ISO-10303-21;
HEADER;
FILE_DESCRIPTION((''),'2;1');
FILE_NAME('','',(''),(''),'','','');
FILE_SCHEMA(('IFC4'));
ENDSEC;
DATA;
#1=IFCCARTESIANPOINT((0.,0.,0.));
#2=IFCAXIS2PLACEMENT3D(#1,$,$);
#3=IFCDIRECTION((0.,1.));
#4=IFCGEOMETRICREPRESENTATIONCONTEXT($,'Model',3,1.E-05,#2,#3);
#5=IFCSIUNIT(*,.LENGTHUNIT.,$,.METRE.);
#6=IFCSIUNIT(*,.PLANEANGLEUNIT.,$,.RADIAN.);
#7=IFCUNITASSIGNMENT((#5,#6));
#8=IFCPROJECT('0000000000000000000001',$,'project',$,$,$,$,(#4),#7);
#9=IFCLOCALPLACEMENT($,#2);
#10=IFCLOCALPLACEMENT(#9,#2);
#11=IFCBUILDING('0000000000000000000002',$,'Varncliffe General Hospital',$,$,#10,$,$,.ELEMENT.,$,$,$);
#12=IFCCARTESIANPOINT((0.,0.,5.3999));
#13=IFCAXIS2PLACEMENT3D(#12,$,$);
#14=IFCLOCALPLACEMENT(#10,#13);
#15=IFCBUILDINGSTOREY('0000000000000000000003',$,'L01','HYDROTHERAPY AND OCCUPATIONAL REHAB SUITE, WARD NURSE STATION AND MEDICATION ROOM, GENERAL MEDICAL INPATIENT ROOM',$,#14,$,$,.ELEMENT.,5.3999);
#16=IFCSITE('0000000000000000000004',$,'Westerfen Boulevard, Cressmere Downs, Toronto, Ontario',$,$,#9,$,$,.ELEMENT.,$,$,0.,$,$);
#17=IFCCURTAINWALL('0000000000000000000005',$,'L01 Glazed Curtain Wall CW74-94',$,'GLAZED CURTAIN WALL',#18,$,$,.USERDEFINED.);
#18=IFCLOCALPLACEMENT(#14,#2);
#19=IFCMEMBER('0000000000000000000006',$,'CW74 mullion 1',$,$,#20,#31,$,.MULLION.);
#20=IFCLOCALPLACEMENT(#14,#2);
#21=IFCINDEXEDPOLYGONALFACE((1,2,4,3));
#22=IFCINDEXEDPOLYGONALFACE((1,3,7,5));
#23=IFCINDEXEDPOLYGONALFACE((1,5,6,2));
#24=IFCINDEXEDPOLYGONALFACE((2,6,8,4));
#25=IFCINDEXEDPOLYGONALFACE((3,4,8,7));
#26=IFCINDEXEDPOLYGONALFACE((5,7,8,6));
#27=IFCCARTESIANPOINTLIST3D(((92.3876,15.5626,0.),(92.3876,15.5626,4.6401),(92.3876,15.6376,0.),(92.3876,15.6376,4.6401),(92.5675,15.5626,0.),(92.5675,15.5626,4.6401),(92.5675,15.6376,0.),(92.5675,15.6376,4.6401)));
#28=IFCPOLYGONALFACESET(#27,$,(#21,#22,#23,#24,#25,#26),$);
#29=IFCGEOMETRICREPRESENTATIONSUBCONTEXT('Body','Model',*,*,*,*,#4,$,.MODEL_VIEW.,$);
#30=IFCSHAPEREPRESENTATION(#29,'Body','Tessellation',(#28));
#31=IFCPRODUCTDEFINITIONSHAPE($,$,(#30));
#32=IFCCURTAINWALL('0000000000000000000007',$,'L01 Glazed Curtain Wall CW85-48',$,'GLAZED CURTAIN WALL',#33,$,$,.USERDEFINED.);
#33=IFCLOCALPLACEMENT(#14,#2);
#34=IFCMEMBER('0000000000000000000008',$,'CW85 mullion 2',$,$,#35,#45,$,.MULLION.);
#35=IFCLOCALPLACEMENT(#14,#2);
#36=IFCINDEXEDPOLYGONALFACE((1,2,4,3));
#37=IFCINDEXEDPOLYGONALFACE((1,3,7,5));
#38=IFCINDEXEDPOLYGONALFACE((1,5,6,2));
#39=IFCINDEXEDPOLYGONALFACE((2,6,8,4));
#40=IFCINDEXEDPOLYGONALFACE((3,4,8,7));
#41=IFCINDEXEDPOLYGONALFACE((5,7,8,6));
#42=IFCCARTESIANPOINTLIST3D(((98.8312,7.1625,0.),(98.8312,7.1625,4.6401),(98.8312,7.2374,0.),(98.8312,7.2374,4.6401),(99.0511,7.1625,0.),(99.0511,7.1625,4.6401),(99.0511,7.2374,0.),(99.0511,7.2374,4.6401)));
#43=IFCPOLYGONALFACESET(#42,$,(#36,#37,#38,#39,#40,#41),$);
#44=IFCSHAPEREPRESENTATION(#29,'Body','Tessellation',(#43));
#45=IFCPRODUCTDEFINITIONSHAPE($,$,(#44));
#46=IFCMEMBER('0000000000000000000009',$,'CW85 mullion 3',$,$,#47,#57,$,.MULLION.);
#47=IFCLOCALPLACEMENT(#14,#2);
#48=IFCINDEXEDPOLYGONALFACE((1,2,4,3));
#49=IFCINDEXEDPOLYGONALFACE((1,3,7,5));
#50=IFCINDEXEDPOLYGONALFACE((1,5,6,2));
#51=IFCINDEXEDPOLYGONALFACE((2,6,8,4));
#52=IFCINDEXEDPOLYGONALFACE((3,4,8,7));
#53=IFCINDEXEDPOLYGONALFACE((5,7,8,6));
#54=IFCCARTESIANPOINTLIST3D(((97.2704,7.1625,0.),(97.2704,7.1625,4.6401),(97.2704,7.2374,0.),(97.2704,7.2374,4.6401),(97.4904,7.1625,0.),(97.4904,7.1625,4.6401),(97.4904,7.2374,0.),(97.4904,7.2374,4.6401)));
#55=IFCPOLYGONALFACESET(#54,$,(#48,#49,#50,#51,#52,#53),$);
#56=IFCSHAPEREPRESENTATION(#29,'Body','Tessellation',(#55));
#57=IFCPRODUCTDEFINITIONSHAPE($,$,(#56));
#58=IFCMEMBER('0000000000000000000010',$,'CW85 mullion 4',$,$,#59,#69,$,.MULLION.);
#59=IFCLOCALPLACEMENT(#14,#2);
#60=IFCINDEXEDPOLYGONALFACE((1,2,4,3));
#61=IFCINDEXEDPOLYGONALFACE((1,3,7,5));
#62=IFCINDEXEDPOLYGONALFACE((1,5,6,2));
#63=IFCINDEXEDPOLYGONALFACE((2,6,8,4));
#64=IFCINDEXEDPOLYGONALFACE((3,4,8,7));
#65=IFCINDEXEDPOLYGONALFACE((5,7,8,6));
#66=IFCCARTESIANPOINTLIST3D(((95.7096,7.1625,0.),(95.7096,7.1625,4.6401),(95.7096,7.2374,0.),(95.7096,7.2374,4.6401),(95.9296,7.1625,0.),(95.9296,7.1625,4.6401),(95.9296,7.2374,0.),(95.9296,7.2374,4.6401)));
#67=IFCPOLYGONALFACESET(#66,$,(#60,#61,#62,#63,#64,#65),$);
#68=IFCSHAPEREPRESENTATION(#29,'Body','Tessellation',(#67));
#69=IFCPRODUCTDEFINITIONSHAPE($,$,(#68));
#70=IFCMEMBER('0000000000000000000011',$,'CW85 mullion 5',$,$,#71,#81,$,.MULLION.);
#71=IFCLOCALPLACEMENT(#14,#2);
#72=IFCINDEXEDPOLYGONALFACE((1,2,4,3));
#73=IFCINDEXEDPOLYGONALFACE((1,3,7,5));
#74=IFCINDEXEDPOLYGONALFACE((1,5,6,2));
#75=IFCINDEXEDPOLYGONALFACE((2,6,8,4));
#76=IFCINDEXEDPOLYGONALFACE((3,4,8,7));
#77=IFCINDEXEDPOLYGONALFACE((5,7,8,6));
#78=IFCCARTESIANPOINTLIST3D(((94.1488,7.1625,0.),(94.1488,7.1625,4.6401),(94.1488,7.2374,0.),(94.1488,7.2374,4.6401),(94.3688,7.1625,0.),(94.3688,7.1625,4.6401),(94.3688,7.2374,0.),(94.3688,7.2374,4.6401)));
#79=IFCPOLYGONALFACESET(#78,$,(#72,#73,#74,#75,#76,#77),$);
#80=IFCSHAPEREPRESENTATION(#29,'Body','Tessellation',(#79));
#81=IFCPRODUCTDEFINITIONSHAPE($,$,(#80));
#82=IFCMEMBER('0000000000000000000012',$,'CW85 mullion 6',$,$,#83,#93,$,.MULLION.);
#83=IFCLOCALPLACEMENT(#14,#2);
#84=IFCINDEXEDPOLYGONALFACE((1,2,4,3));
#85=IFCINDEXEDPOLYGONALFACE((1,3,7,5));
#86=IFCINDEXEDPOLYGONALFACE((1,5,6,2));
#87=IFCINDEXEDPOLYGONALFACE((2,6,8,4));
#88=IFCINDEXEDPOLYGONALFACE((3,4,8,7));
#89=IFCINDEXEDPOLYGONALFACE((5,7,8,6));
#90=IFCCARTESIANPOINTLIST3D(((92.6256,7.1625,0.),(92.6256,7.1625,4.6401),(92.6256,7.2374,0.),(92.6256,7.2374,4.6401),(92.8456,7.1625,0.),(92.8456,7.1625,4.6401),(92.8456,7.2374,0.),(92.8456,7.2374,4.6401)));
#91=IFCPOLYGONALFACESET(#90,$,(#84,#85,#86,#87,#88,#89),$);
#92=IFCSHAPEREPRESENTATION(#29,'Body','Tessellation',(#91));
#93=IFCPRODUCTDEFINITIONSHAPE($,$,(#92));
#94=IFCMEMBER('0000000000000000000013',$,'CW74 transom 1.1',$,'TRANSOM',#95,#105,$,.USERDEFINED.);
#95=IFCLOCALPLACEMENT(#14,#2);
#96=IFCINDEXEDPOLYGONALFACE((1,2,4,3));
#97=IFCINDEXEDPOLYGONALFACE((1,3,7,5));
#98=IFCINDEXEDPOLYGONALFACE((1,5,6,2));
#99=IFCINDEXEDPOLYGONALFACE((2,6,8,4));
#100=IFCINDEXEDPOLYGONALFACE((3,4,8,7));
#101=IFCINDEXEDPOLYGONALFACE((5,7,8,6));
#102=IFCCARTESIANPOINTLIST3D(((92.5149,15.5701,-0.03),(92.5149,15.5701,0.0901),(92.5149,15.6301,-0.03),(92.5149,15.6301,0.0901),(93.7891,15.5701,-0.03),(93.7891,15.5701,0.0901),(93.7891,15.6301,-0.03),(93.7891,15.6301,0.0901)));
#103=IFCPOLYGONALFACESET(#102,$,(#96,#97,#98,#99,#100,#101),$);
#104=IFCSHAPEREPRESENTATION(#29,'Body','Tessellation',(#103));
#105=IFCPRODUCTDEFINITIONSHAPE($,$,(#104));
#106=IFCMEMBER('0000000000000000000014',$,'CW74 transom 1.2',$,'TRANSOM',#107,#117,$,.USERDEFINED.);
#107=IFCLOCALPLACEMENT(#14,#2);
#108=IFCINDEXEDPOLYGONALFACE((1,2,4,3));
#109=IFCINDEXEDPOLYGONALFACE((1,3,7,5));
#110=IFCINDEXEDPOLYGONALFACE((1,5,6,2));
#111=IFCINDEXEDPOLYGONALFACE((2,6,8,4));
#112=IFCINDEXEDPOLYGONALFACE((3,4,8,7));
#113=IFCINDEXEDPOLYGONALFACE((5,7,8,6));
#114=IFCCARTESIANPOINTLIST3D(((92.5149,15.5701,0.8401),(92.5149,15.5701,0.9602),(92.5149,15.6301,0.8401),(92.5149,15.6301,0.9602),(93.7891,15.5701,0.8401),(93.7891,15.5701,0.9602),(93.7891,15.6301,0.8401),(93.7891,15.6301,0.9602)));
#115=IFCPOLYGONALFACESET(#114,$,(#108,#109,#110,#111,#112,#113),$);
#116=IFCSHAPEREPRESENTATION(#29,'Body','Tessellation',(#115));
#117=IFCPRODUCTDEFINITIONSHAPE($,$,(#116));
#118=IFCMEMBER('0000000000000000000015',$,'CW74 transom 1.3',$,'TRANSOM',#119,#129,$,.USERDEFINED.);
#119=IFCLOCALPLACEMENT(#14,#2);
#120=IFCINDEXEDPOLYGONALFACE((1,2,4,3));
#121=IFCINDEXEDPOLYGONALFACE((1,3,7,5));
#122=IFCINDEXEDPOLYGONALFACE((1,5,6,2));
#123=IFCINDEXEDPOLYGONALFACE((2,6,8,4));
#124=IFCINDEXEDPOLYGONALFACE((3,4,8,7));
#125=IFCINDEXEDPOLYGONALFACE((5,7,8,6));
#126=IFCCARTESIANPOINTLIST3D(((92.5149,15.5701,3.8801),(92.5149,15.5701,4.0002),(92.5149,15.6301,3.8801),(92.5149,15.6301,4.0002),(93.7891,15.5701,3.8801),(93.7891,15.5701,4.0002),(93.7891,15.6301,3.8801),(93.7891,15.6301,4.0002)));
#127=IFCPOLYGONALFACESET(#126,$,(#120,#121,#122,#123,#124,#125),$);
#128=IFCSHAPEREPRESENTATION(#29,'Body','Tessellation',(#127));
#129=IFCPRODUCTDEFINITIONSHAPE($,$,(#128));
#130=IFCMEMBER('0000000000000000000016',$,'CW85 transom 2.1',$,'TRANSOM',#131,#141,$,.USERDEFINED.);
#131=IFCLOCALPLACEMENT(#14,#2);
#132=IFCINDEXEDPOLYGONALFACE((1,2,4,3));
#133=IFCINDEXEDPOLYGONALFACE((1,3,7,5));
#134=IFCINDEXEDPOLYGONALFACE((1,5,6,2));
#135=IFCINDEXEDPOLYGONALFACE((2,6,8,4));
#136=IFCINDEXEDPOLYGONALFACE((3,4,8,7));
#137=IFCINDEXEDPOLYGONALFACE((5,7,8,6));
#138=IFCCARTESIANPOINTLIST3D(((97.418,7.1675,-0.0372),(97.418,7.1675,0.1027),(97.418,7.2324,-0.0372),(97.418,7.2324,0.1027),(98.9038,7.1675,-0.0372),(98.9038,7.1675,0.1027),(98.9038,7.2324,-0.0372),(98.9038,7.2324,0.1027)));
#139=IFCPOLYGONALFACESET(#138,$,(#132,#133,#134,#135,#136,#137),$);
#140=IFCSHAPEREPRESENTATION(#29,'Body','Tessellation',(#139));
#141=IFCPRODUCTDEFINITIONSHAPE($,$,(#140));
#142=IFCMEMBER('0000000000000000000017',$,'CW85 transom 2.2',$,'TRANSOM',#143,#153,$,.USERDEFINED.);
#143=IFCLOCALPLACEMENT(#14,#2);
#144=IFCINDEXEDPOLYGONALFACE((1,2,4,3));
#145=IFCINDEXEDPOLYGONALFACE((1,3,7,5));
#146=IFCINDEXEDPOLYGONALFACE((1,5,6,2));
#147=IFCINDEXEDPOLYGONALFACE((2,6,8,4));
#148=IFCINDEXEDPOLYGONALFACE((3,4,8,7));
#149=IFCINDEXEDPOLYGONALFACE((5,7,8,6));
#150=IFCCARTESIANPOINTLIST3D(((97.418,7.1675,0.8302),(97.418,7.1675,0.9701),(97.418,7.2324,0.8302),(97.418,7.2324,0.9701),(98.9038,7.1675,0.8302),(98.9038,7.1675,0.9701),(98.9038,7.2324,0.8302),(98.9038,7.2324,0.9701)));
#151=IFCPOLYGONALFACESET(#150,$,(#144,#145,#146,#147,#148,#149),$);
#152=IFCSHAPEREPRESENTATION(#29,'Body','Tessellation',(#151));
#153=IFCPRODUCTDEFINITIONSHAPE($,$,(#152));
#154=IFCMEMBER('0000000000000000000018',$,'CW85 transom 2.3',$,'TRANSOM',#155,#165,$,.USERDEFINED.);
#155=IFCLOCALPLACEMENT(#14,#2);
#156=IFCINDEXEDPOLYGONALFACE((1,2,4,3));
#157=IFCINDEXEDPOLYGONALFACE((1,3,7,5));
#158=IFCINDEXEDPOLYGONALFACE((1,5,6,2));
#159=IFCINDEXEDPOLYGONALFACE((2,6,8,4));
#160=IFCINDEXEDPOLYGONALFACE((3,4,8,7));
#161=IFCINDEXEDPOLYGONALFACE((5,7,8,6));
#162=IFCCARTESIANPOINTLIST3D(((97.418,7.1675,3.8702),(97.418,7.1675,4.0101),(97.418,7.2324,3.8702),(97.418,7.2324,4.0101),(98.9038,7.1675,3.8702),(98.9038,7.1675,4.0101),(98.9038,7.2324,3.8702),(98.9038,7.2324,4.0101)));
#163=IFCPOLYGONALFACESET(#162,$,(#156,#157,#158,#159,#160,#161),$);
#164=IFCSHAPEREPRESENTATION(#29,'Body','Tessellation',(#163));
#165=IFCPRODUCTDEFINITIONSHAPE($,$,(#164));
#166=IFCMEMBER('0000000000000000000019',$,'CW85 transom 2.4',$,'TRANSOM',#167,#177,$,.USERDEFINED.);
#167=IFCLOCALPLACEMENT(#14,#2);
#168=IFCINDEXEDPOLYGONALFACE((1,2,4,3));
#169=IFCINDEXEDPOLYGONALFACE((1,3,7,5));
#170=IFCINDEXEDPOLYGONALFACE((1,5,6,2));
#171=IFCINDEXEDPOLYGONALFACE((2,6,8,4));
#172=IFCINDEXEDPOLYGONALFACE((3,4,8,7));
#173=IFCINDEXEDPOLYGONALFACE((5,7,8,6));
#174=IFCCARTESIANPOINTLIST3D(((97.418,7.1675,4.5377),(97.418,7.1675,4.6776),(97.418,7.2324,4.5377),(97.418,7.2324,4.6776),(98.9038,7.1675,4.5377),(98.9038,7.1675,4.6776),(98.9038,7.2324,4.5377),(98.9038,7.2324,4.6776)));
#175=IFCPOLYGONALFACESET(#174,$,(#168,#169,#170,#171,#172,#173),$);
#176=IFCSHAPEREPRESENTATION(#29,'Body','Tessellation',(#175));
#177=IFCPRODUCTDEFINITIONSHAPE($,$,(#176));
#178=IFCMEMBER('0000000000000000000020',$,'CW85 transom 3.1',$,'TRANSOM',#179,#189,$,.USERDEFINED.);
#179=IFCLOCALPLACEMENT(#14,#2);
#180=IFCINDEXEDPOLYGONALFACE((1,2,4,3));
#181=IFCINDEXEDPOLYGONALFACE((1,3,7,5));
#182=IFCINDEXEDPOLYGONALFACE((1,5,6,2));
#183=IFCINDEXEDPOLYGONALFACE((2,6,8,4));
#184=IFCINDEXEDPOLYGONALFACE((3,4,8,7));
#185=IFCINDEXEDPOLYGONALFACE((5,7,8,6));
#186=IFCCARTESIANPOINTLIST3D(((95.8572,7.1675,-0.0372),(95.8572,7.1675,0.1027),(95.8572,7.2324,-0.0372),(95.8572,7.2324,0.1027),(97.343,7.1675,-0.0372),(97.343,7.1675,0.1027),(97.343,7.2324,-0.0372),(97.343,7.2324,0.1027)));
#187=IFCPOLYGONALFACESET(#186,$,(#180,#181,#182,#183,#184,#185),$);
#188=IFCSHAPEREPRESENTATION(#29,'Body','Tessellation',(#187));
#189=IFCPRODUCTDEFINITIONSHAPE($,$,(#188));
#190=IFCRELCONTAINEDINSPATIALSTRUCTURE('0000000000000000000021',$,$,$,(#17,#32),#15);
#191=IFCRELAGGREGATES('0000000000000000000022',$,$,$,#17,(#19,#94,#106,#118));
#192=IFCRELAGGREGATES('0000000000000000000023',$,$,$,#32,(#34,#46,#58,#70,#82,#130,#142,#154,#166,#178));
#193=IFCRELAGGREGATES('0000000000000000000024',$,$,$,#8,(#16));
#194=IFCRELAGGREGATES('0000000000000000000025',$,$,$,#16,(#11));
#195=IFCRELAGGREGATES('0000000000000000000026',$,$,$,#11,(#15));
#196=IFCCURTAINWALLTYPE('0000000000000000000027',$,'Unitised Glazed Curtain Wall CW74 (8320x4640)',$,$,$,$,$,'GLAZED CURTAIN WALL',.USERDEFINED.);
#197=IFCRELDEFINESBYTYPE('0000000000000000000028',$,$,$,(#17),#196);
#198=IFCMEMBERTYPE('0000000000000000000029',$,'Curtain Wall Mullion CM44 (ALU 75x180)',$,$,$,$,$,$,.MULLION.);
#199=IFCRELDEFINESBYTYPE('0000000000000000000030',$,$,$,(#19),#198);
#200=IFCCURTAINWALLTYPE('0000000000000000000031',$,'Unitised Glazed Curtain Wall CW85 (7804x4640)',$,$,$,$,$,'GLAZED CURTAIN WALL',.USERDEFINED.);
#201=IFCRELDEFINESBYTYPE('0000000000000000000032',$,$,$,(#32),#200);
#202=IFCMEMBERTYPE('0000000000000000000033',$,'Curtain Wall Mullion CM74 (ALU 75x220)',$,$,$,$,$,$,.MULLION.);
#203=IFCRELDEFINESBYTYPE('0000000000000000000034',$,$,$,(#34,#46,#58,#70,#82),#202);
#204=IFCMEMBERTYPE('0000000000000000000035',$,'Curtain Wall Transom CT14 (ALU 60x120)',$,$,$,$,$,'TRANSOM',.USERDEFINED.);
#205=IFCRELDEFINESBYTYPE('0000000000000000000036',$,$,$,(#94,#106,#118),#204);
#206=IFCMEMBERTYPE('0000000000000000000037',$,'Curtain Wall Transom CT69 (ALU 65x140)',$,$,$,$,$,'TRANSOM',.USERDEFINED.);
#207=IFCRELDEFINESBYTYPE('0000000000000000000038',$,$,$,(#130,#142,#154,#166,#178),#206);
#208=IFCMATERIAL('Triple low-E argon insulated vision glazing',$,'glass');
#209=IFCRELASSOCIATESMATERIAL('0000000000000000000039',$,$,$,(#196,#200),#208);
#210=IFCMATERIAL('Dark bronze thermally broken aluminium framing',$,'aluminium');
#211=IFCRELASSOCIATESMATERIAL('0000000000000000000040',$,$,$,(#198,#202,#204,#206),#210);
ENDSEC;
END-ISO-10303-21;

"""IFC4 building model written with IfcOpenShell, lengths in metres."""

from ifc_helpers import new_model, si_unit, direction, frame, origin, origin_2d, place, context, subcontext, project, spatial, rectangle, extrude, material, material_profile, profile_set, type_object, element, aggregate, save


model = new_model("IFC4")

# Units and contexts
model_context = context("Model", 3, precision=1e-05, world=origin(), true_north=direction((0.0, 1.0)))
body_context = subcontext(model_context, "Body", "Model", "MODEL_VIEW")
ifc_project = project(units=[si_unit("LENGTHUNIT", "METRE"), si_unit("PLANEANGLEUNIT", "RADIAN")], contexts=[model_context])

# Site, building, storey
site_placement = place(None, origin())
site = spatial("IfcSite", under=ifc_project, at=site_placement, Name="Westerfen Boulevard, Cressmere Downs, Toronto, Ontario", CompositionType="ELEMENT", RefElevation=0.0)
building_placement = place(site_placement, origin())
building = spatial("IfcBuilding", under=site, at=building_placement, Name="Varncliffe General Hospital", CompositionType="ELEMENT")
storey_placement = place(building_placement, frame((0.0, 0.0, 5.3999)))
storey = spatial("IfcBuildingStorey", under=building, at=storey_placement, Name="L01", Description="HYDROTHERAPY AND OCCUPATIONAL REHAB SUITE, WARD NURSE STATION AND MEDICATION ROOM, GENERAL MEDICAL INPATIENT ROOM", CompositionType="ELEMENT", Elevation=5.3999)

# Curtain wall, member
ifc_material_1 = material(Name="Triple low-E argon insulated vision glazing", Category="glass")
curtain_wall_type_1 = type_object("IfcCurtainWallType", Name="Unitised Glazed Curtain Wall CW74 (8320x4640)", ElementType="GLAZED CURTAIN WALL", PredefinedType="USERDEFINED", material=ifc_material_1)
curtain_wall_1_placement = place(storey_placement, origin())
curtain_wall_1 = element("IfcCurtainWall", 1, at=curtain_wall_1_placement, inside=storey, type_object=curtain_wall_type_1, Name="L01 Glazed Curtain Wall CW74-94", ObjectType="GLAZED CURTAIN WALL", PredefinedType="USERDEFINED")
ifc_material_2 = material(Name="Dark bronze thermally broken aluminium framing", Category="aluminium")
ifc_material_profile_1 = material_profile(ifc_material_2, rectangle(XDim=0.075, YDim=0.1799, at=origin_2d()), Name="ALU 75x180")
ifc_profile_set_1 = profile_set([ifc_material_profile_1], Name="Dark bronze thermally broken aluminium framing")
member_type_1 = type_object("IfcMemberType", Name="Curtain Wall Mullion CM44 (ALU 75x180)", PredefinedType="MULLION", material=ifc_profile_set_1)
member_1_placement = place(storey_placement, frame((92.4775, 15.6001, 0.0), z_axis=(0.0, 0.0, 1.0), x_axis=(0.0, 1.0, 0.0)))
member_1 = element("IfcMember", 2, at=member_1_placement, type_object=member_type_1, Name="CW74 mullion 1", PredefinedType="MULLION", context=body_context, shape_type="SweptSolid", body=[
    extrude(rectangle(XDim=0.075, YDim=0.1799, at=origin_2d()), origin(), (0.0, 0.0, 1.0), 4.6401),
])

# Curtain wall, members
curtain_wall_type_2 = type_object("IfcCurtainWallType", Name="Unitised Glazed Curtain Wall CW85 (7804x4640)", ElementType="GLAZED CURTAIN WALL", PredefinedType="USERDEFINED", material=ifc_material_1)
curtain_wall_2_placement = place(storey_placement, origin())
curtain_wall_2 = element("IfcCurtainWall", 3, at=curtain_wall_2_placement, inside=storey, type_object=curtain_wall_type_2, Name="L01 Glazed Curtain Wall CW85-48", ObjectType="GLAZED CURTAIN WALL", PredefinedType="USERDEFINED")
ifc_material_profile_2 = material_profile(ifc_material_2, rectangle(XDim=0.075, YDim=0.22, at=origin_2d()), Name="ALU 75x220")
ifc_profile_set_2 = profile_set([ifc_material_profile_2], Name="Dark bronze thermally broken aluminium framing")
member_type_2 = type_object("IfcMemberType", Name="Curtain Wall Mullion CM74 (ALU 75x220)", PredefinedType="MULLION", material=ifc_profile_set_2)
member_2_placement = place(storey_placement, frame((98.9412, 7.2, 0.0), z_axis=(0.0, 0.0, 1.0), x_axis=(0.0, -1.0, 0.0)))
member_2 = element("IfcMember", 4, at=member_2_placement, type_object=member_type_2, Name="CW85 mullion 2", PredefinedType="MULLION", context=body_context, shape_type="SweptSolid", body=[
    extrude(rectangle(XDim=0.075, YDim=0.22, at=origin_2d()), origin(), (0.0, 0.0, 1.0), 4.6401),
])
member_3_placement = place(storey_placement, frame((97.3804, 7.2, 0.0), z_axis=(0.0, 0.0, 1.0), x_axis=(0.0, -1.0, 0.0)))
member_3 = element("IfcMember", 5, at=member_3_placement, type_object=member_type_2, Name="CW85 mullion 3", PredefinedType="MULLION", context=body_context, shape_type="SweptSolid", body=[
    extrude(rectangle(XDim=0.075, YDim=0.22, at=origin_2d()), origin(), (0.0, 0.0, 1.0), 4.6401),
])
member_4_placement = place(storey_placement, frame((95.8196, 7.2, 0.0), z_axis=(0.0, 0.0, 1.0), x_axis=(0.0, -1.0, 0.0)))
member_4 = element("IfcMember", 6, at=member_4_placement, type_object=member_type_2, Name="CW85 mullion 4", PredefinedType="MULLION", context=body_context, shape_type="SweptSolid", body=[
    extrude(rectangle(XDim=0.075, YDim=0.22, at=origin_2d()), origin(), (0.0, 0.0, 1.0), 4.6401),
])
member_5_placement = place(storey_placement, frame((94.2588, 7.2, 0.0), z_axis=(0.0, 0.0, 1.0), x_axis=(0.0, -1.0, 0.0)))
member_5 = element("IfcMember", 7, at=member_5_placement, type_object=member_type_2, Name="CW85 mullion 5", PredefinedType="MULLION", context=body_context, shape_type="SweptSolid", body=[
    extrude(rectangle(XDim=0.075, YDim=0.22, at=origin_2d()), origin(), (0.0, 0.0, 1.0), 4.6401),
])
member_6_placement = place(storey_placement, frame((92.7356, 7.2, 0.0), z_axis=(0.0, 0.0, 1.0), x_axis=(0.0, -1.0, 0.0)))
member_6 = element("IfcMember", 8, at=member_6_placement, type_object=member_type_2, Name="CW85 mullion 6", PredefinedType="MULLION", context=body_context, shape_type="SweptSolid", body=[
    extrude(rectangle(XDim=0.075, YDim=0.22, at=origin_2d()), origin(), (0.0, 0.0, 1.0), 4.6401),
])

# Members
ifc_material_profile_3 = material_profile(ifc_material_2, rectangle(XDim=0.0601, YDim=0.1201, at=origin_2d()), Name="ALU 60x120")
ifc_profile_set_3 = profile_set([ifc_material_profile_3], Name="Dark bronze thermally broken aluminium framing")
member_type_3 = type_object("IfcMemberType", Name="Curtain Wall Transom CT14 (ALU 60x120)", ElementType="TRANSOM", PredefinedType="USERDEFINED", material=ifc_profile_set_3)
member_7_placement = place(storey_placement, frame((92.5149, 15.6001, 0.03), z_axis=(1.0, 0.0, 0.0), x_axis=(0.0, 1.0, 0.0)))
member_7 = element("IfcMember", 9, at=member_7_placement, type_object=member_type_3, Name="CW74 transom 1.1", ObjectType="TRANSOM", PredefinedType="USERDEFINED", context=body_context, shape_type="SweptSolid", body=[
    extrude(rectangle(XDim=0.0601, YDim=0.1201, at=origin_2d()), origin(), (0.0, 0.0, 1.0), 1.2742),
])
member_8_placement = place(storey_placement, frame((92.5149, 15.6001, 0.9001), z_axis=(1.0, 0.0, 0.0), x_axis=(0.0, 1.0, 0.0)))
member_8 = element("IfcMember", 10, at=member_8_placement, type_object=member_type_3, Name="CW74 transom 1.2", ObjectType="TRANSOM", PredefinedType="USERDEFINED", context=body_context, shape_type="SweptSolid", body=[
    extrude(rectangle(XDim=0.0601, YDim=0.1201, at=origin_2d()), origin(), (0.0, 0.0, 1.0), 1.2742),
])
member_9_placement = place(storey_placement, frame((92.5149, 15.6001, 3.9402), z_axis=(1.0, 0.0, 0.0), x_axis=(0.0, 1.0, 0.0)))
member_9 = element("IfcMember", 11, at=member_9_placement, type_object=member_type_3, Name="CW74 transom 1.3", ObjectType="TRANSOM", PredefinedType="USERDEFINED", context=body_context, shape_type="SweptSolid", body=[
    extrude(rectangle(XDim=0.0601, YDim=0.1201, at=origin_2d()), origin(), (0.0, 0.0, 1.0), 1.2742),
])
aggregate(curtain_wall_1, [member_1, member_7, member_8, member_9])
ifc_material_profile_4 = material_profile(ifc_material_2, rectangle(XDim=0.0649, YDim=0.1399, at=origin_2d()), Name="ALU 65x140")
ifc_profile_set_4 = profile_set([ifc_material_profile_4], Name="Dark bronze thermally broken aluminium framing")
member_type_4 = type_object("IfcMemberType", Name="Curtain Wall Transom CT69 (ALU 65x140)", ElementType="TRANSOM", PredefinedType="USERDEFINED", material=ifc_profile_set_4)
member_10_placement = place(storey_placement, frame((98.9038, 7.2, 0.0327), z_axis=(-1.0, 0.0, 0.0), x_axis=(0.0, -1.0, 0.0)))
member_10 = element("IfcMember", 12, at=member_10_placement, type_object=member_type_4, Name="CW85 transom 2.1", ObjectType="TRANSOM", PredefinedType="USERDEFINED", context=body_context, shape_type="SweptSolid", body=[
    extrude(rectangle(XDim=0.0649, YDim=0.1399, at=origin_2d()), origin(), (0.0, 0.0, 1.0), 1.4858),
])
member_11_placement = place(storey_placement, frame((98.9038, 7.2, 0.9001), z_axis=(-1.0, 0.0, 0.0), x_axis=(0.0, -1.0, 0.0)))
member_11 = element("IfcMember", 13, at=member_11_placement, type_object=member_type_4, Name="CW85 transom 2.2", ObjectType="TRANSOM", PredefinedType="USERDEFINED", context=body_context, shape_type="SweptSolid", body=[
    extrude(rectangle(XDim=0.0649, YDim=0.1399, at=origin_2d()), origin(), (0.0, 0.0, 1.0), 1.4858),
])
member_12_placement = place(storey_placement, frame((98.9038, 7.2, 3.9402), z_axis=(-1.0, 0.0, 0.0), x_axis=(0.0, -1.0, 0.0)))
member_12 = element("IfcMember", 14, at=member_12_placement, type_object=member_type_4, Name="CW85 transom 2.3", ObjectType="TRANSOM", PredefinedType="USERDEFINED", context=body_context, shape_type="SweptSolid", body=[
    extrude(rectangle(XDim=0.0649, YDim=0.1399, at=origin_2d()), origin(), (0.0, 0.0, 1.0), 1.4858),
])
member_13_placement = place(storey_placement, frame((98.9038, 7.2, 4.6077), z_axis=(-1.0, 0.0, 0.0), x_axis=(0.0, -1.0, 0.0)))
member_13 = element("IfcMember", 15, at=member_13_placement, type_object=member_type_4, Name="CW85 transom 2.4", ObjectType="TRANSOM", PredefinedType="USERDEFINED", context=body_context, shape_type="SweptSolid", body=[
    extrude(rectangle(XDim=0.0649, YDim=0.1399, at=origin_2d()), origin(), (0.0, 0.0, 1.0), 1.4858),
])
member_14_placement = place(storey_placement, frame((97.343, 7.2, 0.0327), z_axis=(-1.0, 0.0, 0.0), x_axis=(0.0, -1.0, 0.0)))
member_14 = element("IfcMember", 16, at=member_14_placement, type_object=member_type_4, Name="CW85 transom 3.1", ObjectType="TRANSOM", PredefinedType="USERDEFINED", context=body_context, shape_type="SweptSolid", body=[
    extrude(rectangle(XDim=0.0649, YDim=0.1399, at=origin_2d()), origin(), (0.0, 0.0, 1.0), 1.4858),
])

aggregate(curtain_wall_2, [member_2, member_3, member_4, member_5, member_6, member_10, member_11, member_12, member_13, member_14])

save(model, "model.ifc")
